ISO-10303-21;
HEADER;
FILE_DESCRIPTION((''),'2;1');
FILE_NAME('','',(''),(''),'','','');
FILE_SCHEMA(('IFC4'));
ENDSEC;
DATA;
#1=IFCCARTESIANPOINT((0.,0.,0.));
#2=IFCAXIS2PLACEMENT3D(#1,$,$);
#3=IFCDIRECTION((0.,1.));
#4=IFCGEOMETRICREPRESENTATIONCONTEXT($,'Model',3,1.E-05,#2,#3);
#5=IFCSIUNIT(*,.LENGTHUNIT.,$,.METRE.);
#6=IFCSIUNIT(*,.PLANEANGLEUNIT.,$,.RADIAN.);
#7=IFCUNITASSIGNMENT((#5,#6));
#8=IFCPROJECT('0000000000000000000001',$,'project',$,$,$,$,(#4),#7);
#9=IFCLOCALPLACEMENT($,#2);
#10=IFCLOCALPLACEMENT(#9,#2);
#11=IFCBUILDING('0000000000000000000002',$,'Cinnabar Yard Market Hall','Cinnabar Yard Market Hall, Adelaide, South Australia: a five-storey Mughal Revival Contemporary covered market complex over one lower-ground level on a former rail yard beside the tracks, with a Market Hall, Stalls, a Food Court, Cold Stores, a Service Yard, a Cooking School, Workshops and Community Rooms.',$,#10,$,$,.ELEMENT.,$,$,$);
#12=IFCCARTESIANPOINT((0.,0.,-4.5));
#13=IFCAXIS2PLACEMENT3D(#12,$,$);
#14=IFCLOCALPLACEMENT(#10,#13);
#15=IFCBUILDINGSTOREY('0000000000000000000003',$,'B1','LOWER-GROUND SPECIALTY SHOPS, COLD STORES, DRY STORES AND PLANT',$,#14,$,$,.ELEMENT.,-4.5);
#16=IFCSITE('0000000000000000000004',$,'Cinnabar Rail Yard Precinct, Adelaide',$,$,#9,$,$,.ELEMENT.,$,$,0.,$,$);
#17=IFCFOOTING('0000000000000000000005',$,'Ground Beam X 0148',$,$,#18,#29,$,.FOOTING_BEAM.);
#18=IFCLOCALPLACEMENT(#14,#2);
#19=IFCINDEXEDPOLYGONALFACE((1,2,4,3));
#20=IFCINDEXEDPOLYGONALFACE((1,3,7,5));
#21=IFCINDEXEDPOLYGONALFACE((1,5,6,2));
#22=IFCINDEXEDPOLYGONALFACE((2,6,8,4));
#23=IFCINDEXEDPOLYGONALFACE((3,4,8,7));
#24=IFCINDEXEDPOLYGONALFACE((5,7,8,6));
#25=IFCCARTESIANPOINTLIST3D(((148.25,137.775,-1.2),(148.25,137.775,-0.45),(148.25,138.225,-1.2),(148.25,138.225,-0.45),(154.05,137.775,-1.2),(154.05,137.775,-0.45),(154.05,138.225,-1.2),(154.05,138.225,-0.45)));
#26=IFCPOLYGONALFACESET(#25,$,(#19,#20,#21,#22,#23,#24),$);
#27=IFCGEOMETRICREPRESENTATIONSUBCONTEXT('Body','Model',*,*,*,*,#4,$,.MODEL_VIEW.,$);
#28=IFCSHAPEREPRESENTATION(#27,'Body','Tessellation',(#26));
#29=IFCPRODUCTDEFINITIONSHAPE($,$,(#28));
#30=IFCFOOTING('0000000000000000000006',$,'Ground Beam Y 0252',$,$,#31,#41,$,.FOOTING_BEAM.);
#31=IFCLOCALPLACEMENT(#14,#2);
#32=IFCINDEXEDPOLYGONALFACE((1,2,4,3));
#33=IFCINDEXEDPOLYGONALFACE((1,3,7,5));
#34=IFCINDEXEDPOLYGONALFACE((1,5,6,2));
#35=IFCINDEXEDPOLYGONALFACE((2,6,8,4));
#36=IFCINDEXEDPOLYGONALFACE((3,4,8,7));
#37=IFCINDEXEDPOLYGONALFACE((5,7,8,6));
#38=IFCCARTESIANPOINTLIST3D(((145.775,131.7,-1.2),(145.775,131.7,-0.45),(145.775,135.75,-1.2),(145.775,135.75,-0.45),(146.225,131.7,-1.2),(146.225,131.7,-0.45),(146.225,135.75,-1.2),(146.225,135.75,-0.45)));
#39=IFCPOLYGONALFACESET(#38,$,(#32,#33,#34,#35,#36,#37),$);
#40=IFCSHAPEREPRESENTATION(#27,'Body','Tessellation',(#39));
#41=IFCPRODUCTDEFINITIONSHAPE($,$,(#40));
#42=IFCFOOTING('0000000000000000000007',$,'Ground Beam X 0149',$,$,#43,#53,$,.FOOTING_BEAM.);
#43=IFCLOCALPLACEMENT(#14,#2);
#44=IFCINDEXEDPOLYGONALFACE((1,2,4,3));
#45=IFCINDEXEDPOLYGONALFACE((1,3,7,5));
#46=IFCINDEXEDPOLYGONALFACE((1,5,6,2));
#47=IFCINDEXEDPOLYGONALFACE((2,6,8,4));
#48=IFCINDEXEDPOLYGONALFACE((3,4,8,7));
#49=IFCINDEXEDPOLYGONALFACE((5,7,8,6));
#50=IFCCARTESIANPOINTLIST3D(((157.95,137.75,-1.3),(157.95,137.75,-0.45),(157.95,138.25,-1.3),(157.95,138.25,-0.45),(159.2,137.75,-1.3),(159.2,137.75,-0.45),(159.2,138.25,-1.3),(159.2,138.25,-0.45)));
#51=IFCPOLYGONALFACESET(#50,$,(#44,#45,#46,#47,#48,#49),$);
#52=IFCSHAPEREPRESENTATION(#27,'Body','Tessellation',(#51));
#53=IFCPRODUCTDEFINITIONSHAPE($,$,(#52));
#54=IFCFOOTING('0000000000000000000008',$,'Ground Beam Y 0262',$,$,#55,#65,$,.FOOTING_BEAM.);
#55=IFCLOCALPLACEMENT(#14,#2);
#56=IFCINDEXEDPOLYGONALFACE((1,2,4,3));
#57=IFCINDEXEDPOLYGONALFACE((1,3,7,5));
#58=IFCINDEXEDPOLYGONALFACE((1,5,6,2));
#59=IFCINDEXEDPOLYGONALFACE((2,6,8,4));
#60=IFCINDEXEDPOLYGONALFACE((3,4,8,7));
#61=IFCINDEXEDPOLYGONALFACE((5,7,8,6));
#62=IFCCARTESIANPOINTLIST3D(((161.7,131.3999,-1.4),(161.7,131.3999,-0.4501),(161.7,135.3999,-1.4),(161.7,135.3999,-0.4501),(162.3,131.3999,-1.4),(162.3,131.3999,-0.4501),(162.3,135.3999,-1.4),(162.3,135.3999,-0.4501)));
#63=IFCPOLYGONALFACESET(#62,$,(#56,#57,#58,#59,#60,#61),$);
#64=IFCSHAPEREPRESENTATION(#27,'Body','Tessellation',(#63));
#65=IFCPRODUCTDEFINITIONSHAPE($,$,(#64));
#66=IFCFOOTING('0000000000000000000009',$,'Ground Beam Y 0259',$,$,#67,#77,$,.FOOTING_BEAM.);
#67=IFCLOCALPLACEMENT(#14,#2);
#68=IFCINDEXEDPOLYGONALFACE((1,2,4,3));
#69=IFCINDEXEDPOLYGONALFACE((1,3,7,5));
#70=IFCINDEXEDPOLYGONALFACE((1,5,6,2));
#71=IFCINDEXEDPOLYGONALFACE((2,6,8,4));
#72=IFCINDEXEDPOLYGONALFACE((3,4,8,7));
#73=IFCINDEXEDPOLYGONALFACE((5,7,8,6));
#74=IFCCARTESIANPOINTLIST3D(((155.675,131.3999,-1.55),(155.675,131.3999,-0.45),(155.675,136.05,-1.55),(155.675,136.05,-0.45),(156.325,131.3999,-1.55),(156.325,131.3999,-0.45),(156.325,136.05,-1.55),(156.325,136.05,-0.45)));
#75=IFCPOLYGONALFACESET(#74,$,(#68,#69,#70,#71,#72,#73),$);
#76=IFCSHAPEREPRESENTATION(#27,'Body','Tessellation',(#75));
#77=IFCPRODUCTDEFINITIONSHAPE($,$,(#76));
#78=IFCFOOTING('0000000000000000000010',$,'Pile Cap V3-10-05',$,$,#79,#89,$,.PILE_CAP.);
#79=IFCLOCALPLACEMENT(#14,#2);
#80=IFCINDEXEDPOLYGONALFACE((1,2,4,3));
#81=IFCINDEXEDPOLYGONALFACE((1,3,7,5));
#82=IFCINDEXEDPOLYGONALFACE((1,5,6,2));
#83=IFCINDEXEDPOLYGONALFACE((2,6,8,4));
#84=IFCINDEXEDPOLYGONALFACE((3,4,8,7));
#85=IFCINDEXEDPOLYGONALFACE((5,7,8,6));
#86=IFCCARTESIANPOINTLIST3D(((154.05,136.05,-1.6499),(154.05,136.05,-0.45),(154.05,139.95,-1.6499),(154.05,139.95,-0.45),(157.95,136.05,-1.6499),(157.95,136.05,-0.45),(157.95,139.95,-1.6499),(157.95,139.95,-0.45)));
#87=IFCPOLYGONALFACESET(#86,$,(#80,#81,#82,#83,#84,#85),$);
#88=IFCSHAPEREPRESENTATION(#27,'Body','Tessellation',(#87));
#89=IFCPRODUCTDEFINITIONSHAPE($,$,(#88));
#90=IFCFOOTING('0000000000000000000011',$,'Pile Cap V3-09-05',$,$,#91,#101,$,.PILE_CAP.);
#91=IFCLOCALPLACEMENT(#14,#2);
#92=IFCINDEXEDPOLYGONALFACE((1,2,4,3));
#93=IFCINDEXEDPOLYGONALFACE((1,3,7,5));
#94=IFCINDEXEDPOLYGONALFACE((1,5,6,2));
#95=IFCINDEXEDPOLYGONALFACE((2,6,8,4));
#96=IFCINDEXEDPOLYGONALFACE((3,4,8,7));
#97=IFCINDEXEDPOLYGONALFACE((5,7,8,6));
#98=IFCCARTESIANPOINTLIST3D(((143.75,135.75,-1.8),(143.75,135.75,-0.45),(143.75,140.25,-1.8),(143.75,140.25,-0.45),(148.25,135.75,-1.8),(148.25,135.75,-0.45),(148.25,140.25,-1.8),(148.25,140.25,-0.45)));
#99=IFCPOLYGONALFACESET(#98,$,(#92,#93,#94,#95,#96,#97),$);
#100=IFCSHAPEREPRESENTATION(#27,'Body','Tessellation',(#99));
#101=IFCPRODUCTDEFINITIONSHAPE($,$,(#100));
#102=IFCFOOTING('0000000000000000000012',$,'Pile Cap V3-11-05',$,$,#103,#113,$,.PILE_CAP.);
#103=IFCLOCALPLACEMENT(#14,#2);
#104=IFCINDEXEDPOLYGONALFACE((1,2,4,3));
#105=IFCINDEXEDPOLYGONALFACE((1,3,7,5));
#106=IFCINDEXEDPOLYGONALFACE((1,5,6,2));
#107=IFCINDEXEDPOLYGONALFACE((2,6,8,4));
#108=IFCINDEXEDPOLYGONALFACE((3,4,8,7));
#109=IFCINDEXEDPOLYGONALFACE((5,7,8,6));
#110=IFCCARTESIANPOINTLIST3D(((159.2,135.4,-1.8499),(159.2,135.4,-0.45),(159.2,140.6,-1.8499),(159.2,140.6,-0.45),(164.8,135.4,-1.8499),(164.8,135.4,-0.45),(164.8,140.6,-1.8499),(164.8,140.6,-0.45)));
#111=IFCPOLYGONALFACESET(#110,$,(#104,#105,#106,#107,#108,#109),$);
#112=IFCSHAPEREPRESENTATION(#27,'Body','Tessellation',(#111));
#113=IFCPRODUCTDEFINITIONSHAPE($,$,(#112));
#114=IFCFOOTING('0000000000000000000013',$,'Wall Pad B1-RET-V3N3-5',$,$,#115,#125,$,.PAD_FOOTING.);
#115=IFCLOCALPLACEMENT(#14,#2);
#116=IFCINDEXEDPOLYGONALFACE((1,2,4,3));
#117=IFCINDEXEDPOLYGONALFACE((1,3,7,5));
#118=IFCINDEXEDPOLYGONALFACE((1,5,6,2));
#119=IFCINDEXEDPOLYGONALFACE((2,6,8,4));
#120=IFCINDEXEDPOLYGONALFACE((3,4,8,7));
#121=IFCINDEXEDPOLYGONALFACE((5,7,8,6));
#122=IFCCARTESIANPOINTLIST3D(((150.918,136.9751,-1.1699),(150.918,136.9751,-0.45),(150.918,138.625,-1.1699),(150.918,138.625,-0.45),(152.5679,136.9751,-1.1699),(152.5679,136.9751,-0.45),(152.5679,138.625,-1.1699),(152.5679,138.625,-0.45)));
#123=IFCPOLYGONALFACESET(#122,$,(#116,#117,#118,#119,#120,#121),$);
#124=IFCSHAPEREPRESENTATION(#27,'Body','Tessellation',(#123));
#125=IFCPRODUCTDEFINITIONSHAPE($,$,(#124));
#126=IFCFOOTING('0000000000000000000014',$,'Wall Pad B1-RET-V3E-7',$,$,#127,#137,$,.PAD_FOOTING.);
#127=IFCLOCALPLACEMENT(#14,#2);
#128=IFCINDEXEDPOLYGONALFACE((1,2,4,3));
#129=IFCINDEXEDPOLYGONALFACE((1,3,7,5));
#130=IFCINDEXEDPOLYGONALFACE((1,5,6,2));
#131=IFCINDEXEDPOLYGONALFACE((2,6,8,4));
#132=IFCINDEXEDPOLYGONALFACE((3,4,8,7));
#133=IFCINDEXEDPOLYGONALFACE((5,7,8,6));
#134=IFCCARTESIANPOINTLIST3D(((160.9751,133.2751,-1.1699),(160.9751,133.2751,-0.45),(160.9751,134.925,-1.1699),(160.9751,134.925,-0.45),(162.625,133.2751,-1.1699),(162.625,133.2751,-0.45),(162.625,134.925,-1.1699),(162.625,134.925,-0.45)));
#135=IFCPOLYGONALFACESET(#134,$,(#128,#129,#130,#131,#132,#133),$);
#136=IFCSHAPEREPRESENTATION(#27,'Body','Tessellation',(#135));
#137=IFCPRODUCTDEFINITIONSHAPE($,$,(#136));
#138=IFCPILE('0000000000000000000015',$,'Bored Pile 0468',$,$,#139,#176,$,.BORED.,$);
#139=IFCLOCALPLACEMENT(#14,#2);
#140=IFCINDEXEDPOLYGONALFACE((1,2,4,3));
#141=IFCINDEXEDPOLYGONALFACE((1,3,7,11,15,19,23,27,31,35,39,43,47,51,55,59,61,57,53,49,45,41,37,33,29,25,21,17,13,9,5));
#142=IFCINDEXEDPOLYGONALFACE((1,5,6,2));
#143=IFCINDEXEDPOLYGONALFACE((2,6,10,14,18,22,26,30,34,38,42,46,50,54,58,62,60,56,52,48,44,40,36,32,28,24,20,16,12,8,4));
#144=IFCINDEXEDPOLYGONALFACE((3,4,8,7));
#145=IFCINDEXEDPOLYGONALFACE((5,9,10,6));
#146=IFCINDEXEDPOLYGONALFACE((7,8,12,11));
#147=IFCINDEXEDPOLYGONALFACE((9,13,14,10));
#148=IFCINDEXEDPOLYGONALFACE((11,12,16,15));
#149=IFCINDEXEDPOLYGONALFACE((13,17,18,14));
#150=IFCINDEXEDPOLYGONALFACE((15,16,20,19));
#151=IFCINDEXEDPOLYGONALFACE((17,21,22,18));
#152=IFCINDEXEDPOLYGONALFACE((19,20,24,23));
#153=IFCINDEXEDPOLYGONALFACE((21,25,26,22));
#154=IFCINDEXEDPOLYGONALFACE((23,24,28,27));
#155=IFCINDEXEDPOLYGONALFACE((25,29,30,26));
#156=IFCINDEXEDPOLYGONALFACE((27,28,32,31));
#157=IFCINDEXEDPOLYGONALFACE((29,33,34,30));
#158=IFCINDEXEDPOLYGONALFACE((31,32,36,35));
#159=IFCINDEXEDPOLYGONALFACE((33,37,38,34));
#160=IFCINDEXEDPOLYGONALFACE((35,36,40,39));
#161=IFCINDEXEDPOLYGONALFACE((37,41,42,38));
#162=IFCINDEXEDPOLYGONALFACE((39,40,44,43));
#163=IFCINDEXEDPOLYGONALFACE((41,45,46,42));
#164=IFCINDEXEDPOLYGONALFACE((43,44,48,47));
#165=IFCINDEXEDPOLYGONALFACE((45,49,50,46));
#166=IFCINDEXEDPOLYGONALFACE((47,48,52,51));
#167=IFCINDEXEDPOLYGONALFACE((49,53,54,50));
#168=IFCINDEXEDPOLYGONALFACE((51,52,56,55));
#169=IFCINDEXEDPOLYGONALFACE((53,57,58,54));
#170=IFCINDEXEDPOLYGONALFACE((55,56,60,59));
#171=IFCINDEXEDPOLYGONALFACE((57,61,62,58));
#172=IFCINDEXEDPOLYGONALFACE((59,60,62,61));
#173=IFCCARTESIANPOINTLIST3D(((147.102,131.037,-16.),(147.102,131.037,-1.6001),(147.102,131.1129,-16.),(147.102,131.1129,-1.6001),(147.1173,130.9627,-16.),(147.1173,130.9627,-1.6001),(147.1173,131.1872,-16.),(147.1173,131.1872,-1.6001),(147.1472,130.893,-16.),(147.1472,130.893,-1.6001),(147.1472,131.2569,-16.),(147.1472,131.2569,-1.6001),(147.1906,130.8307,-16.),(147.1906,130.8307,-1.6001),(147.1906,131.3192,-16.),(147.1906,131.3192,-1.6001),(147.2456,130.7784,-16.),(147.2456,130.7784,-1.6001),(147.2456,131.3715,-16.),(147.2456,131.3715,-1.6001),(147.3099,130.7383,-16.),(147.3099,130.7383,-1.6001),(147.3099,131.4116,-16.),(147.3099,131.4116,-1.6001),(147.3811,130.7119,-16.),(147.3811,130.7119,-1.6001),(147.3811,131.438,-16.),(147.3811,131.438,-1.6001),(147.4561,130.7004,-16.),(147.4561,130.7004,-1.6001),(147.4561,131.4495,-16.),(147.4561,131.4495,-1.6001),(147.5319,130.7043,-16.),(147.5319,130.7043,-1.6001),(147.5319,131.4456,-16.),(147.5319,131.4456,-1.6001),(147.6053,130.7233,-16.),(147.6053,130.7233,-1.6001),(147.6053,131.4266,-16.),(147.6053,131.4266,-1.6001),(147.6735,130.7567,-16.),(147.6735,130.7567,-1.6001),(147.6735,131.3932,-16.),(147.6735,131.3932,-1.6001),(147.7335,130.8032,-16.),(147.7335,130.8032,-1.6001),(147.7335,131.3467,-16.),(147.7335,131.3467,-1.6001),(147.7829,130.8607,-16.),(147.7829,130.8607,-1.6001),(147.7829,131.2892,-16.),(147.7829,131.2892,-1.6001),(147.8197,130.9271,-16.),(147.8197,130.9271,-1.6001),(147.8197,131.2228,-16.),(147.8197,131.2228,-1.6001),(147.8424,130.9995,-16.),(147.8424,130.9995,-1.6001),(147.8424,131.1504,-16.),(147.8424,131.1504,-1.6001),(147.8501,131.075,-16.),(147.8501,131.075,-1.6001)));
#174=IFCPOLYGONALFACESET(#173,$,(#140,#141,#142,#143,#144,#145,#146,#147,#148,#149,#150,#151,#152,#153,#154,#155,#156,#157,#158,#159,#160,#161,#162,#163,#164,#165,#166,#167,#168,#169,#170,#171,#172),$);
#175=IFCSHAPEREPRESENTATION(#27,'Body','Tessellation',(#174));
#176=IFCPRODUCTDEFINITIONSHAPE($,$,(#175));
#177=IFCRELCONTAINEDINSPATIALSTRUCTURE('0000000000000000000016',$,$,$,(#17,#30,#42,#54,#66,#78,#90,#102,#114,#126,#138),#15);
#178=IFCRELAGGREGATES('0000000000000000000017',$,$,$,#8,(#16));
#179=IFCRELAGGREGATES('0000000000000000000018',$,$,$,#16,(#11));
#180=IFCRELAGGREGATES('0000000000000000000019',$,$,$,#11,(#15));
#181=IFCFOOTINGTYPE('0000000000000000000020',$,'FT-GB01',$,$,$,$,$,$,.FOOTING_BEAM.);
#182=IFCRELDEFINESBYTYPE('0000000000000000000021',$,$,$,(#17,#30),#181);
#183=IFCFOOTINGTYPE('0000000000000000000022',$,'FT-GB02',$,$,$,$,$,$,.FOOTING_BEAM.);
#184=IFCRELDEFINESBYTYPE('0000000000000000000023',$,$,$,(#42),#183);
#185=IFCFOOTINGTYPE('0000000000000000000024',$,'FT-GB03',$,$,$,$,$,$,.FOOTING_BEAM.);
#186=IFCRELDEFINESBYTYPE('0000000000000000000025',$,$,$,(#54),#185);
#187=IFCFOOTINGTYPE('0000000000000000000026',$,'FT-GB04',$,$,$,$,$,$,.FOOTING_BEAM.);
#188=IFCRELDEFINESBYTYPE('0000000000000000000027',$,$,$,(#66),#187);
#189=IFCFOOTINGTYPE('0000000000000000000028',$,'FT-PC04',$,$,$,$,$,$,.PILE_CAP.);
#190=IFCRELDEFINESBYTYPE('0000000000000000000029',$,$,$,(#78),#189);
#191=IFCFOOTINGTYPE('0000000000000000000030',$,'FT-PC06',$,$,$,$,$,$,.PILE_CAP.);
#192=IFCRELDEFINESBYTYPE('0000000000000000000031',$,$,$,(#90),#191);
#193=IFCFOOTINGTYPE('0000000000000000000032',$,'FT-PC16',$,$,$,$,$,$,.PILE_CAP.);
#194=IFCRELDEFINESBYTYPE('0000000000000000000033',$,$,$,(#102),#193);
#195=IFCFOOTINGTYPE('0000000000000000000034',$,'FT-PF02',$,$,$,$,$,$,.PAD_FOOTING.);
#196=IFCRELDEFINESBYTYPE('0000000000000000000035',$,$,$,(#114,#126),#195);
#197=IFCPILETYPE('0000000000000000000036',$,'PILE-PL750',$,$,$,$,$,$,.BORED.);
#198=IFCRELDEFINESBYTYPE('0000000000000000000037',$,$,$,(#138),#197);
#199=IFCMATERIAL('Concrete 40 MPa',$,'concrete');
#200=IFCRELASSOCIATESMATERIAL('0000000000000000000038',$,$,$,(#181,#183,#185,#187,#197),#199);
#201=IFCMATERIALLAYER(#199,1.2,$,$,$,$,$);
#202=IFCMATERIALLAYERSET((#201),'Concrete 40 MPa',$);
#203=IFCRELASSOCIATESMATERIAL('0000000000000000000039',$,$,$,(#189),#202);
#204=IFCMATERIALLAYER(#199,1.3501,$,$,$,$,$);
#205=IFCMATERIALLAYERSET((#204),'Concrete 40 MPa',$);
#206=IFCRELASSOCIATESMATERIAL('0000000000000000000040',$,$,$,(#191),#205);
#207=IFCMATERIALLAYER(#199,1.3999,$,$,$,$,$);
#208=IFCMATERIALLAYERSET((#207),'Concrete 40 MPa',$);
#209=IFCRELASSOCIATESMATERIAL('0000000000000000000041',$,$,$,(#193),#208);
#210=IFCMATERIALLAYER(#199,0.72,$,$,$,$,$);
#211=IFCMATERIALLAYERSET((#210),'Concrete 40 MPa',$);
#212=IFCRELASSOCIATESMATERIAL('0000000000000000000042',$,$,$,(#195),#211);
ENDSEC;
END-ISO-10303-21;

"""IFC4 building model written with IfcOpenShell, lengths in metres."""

from ifc_helpers import new_model, si_unit, direction, frame, origin, origin_2d_with_axis, place, context, subcontext, project, spatial, rectangle, circle, extrude, material, layer, layer_set, material_profile, profile_set, type_object, element, save


model = new_model("IFC4")

# Units and contexts
model_context = context("Model", 3, precision=1e-05, world=origin(), true_north=direction((0.0, 1.0)))
body_context = subcontext(model_context, "Body", "Model", "MODEL_VIEW")
ifc_project = project(units=[si_unit("LENGTHUNIT", "METRE"), si_unit("PLANEANGLEUNIT", "RADIAN")], contexts=[model_context])

# Site, building, storey
site_placement = place(None, origin())
site = spatial("IfcSite", under=ifc_project, at=site_placement, Name="Cinnabar Rail Yard Precinct, Adelaide", CompositionType="ELEMENT", RefElevation=0.0)
building_placement = place(site_placement, origin())
building = spatial("IfcBuilding", under=site, at=building_placement, Name="Cinnabar Yard Market Hall", Description="Cinnabar Yard Market Hall, Adelaide, South Australia: a five-storey Mughal Revival Contemporary covered market complex over one lower-ground level on a former rail yard beside the tracks, with a Market Hall, Stalls, a Food Court, Cold Stores, a Service Yard, a Cooking School, Workshops and Community Rooms.", CompositionType="ELEMENT")
storey_placement = place(building_placement, frame((0.0, 0.0, -4.5)))
storey = spatial("IfcBuildingStorey", under=building, at=storey_placement, Name="B1", Description="LOWER-GROUND SPECIALTY SHOPS, COLD STORES, DRY STORES AND PLANT", CompositionType="ELEMENT", Elevation=-4.5)

# Footings
ifc_material_1 = material(Name="Concrete 40 MPa", Category="concrete")
ifc_material_profile_1 = material_profile(ifc_material_1, rectangle(XDim=0.45, YDim=0.75, at=origin_2d_with_axis()), Name="GB-450x750")
ifc_profile_set_1 = profile_set([ifc_material_profile_1], Name="Concrete 40 MPa")
footing_type_1 = type_object("IfcFootingType", Name="FT-GB01", PredefinedType="FOOTING_BEAM", material=ifc_profile_set_1)
footing_1_placement = place(storey_placement, frame((148.25, 138.0, -0.825), z_axis=(1.0, 0.0, 0.0), x_axis=(0.0, 1.0, 0.0)))
element("IfcFooting", 1, at=footing_1_placement, inside=storey, type_object=footing_type_1, Name="Ground Beam X 0148", PredefinedType="FOOTING_BEAM", context=body_context, shape_type="SweptSolid", body=[
    extrude(rectangle(XDim=0.45, YDim=0.75, at=origin_2d_with_axis()), origin(), (0.0, 0.0, 1.0), 5.8),
])
footing_2_placement = place(storey_placement, frame((146.0, 131.7, -0.825), z_axis=(0.0, 1.0, 0.0), x_axis=(-1.0, 0.0, 0.0)))
element("IfcFooting", 2, at=footing_2_placement, inside=storey, type_object=footing_type_1, Name="Ground Beam Y 0252", PredefinedType="FOOTING_BEAM", context=body_context, shape_type="SweptSolid", body=[
    extrude(rectangle(XDim=0.45, YDim=0.75, at=origin_2d_with_axis()), origin(), (0.0, 0.0, 1.0), 4.05),
])
ifc_material_profile_2 = material_profile(ifc_material_1, rectangle(XDim=0.5, YDim=0.8501, at=origin_2d_with_axis()), Name="GB-500x850")
ifc_profile_set_2 = profile_set([ifc_material_profile_2], Name="Concrete 40 MPa")
footing_type_2 = type_object("IfcFootingType", Name="FT-GB02", PredefinedType="FOOTING_BEAM", material=ifc_profile_set_2)
footing_3_placement = place(storey_placement, frame((157.95, 138.0, -0.875), z_axis=(1.0, 0.0, 0.0), x_axis=(0.0, 1.0, 0.0)))
element("IfcFooting", 3, at=footing_3_placement, inside=storey, type_object=footing_type_2, Name="Ground Beam X 0149", PredefinedType="FOOTING_BEAM", context=body_context, shape_type="SweptSolid", body=[
    extrude(rectangle(XDim=0.5, YDim=0.8501, at=origin_2d_with_axis()), origin(), (0.0, 0.0, 1.0), 1.25),
])
ifc_material_profile_3 = material_profile(ifc_material_1, rectangle(XDim=0.6001, YDim=0.95, at=origin_2d_with_axis()), Name="GB-600x950")
ifc_profile_set_3 = profile_set([ifc_material_profile_3], Name="Concrete 40 MPa")
footing_type_3 = type_object("IfcFootingType", Name="FT-GB03", PredefinedType="FOOTING_BEAM", material=ifc_profile_set_3)
footing_4_placement = place(storey_placement, frame((162.0, 131.3999, -0.925), z_axis=(0.0, 1.0, 0.0), x_axis=(-1.0, 0.0, 0.0)))
element("IfcFooting", 4, at=footing_4_placement, inside=storey, type_object=footing_type_3, Name="Ground Beam Y 0262", PredefinedType="FOOTING_BEAM", context=body_context, shape_type="SweptSolid", body=[
    extrude(rectangle(XDim=0.6001, YDim=0.95, at=origin_2d_with_axis()), origin(), (0.0, 0.0, 1.0), 4.0),
])
ifc_material_profile_4 = material_profile(ifc_material_1, rectangle(XDim=0.6499, YDim=1.1001, at=origin_2d_with_axis()), Name="GB-650x1100")
ifc_profile_set_4 = profile_set([ifc_material_profile_4], Name="Concrete 40 MPa")
footing_type_4 = type_object("IfcFootingType", Name="FT-GB04", PredefinedType="FOOTING_BEAM", material=ifc_profile_set_4)
footing_5_placement = place(storey_placement, frame((156.0, 131.3999, -1.0), z_axis=(0.0, 1.0, 0.0), x_axis=(-1.0, 0.0, 0.0)))
element("IfcFooting", 5, at=footing_5_placement, inside=storey, type_object=footing_type_4, Name="Ground Beam Y 0259", PredefinedType="FOOTING_BEAM", context=body_context, shape_type="SweptSolid", body=[
    extrude(rectangle(XDim=0.6499, YDim=1.1001, at=origin_2d_with_axis()), origin(), (0.0, 0.0, 1.0), 4.6501),
])
ifc_layer_1 = layer(ifc_material_1, 1.2)
ifc_layer_set_1 = layer_set([ifc_layer_1], Name="Concrete 40 MPa")
footing_type_5 = type_object("IfcFootingType", Name="FT-PC04", PredefinedType="PILE_CAP", material=ifc_layer_set_1)
footing_6_placement = place(storey_placement, frame((156.0, 138.0, -1.6499), z_axis=(0.0, 0.0, 1.0), x_axis=(1.0, 0.0, 0.0)))
element("IfcFooting", 6, at=footing_6_placement, inside=storey, type_object=footing_type_5, Name="Pile Cap V3-10-05", PredefinedType="PILE_CAP", context=body_context, shape_type="SweptSolid", body=[
    extrude(rectangle(XDim=3.8999, YDim=3.8999, at=origin_2d_with_axis()), origin(), (0.0, 0.0, 1.0), 1.2),
])
ifc_layer_2 = layer(ifc_material_1, 1.3501)
ifc_layer_set_2 = layer_set([ifc_layer_2], Name="Concrete 40 MPa")
footing_type_6 = type_object("IfcFootingType", Name="FT-PC06", PredefinedType="PILE_CAP", material=ifc_layer_set_2)
footing_7_placement = place(storey_placement, frame((146.0, 138.0, -1.8), z_axis=(0.0, 0.0, 1.0), x_axis=(1.0, 0.0, 0.0)))
element("IfcFooting", 7, at=footing_7_placement, inside=storey, type_object=footing_type_6, Name="Pile Cap V3-09-05", PredefinedType="PILE_CAP", context=body_context, shape_type="SweptSolid", body=[
    extrude(rectangle(XDim=4.5, YDim=4.5, at=origin_2d_with_axis()), origin(), (0.0, 0.0, 1.0), 1.3501),
])
ifc_layer_3 = layer(ifc_material_1, 1.3999)
ifc_layer_set_3 = layer_set([ifc_layer_3], Name="Concrete 40 MPa")
footing_type_7 = type_object("IfcFootingType", Name="FT-PC16", PredefinedType="PILE_CAP", material=ifc_layer_set_3)
footing_8_placement = place(storey_placement, frame((162.0, 138.0, -1.8499), z_axis=(0.0, 0.0, 1.0), x_axis=(1.0, 0.0, 0.0)))
element("IfcFooting", 8, at=footing_8_placement, inside=storey, type_object=footing_type_7, Name="Pile Cap V3-11-05", PredefinedType="PILE_CAP", context=body_context, shape_type="SweptSolid", body=[
    extrude(rectangle(XDim=5.6001, YDim=5.2, at=origin_2d_with_axis()), origin(), (0.0, 0.0, 1.0), 1.3999),
])
ifc_layer_4 = layer(ifc_material_1, 0.72)
ifc_layer_set_4 = layer_set([ifc_layer_4], Name="Concrete 40 MPa")
footing_type_8 = type_object("IfcFootingType", Name="FT-PF02", PredefinedType="PAD_FOOTING", material=ifc_layer_set_4)
for number, where, z_axis, x_axis, name in (
    (9, (151.7429, 137.8, -1.1699), (0.0, 0.0, 1.0), (1.0, 0.0, 0.0), "Wall Pad B1-RET-V3N3-5"),
    (10, (161.8, 134.1001, -1.1699), (0.0, 0.0, 1.0), (1.0, 0.0, 0.0), "Wall Pad B1-RET-V3E-7"),
):
    element("IfcFooting", number, at=place(storey_placement, frame(where, z_axis=z_axis, x_axis=x_axis)), inside=storey, type_object=footing_type_8, Name=name, PredefinedType="PAD_FOOTING", context=body_context, shape_type="SweptSolid", body=[
        extrude(rectangle(XDim=1.6499, YDim=1.6499, at=origin_2d_with_axis()), origin(), (0.0, 0.0, 1.0), 0.72),
    ])

# Pile
ifc_material_profile_5 = material_profile(ifc_material_1, circle(Radius=0.375, at=origin_2d_with_axis()), Name="PILE-D750")
ifc_profile_set_5 = profile_set([ifc_material_profile_5], Name="Concrete 40 MPa")
pile_type_1 = type_object("IfcPileType", Name="PILE-PL750", PredefinedType="BORED", material=ifc_profile_set_5)
pile_placement = place(storey_placement, frame((147.4751, 131.075, -1.6001), z_axis=(0.0, 0.0, -1.0), x_axis=(1.0, 0.0, 0.0)))
element("IfcPile", 11, at=pile_placement, inside=storey, type_object=pile_type_1, Name="Bored Pile 0468", PredefinedType="BORED", context=body_context, shape_type="SweptSolid", body=[
    extrude(circle(Radius=0.375, at=origin_2d_with_axis()), origin(), (0.0, 0.0, 1.0), 14.3999),
])

save(model, "model.ifc")
